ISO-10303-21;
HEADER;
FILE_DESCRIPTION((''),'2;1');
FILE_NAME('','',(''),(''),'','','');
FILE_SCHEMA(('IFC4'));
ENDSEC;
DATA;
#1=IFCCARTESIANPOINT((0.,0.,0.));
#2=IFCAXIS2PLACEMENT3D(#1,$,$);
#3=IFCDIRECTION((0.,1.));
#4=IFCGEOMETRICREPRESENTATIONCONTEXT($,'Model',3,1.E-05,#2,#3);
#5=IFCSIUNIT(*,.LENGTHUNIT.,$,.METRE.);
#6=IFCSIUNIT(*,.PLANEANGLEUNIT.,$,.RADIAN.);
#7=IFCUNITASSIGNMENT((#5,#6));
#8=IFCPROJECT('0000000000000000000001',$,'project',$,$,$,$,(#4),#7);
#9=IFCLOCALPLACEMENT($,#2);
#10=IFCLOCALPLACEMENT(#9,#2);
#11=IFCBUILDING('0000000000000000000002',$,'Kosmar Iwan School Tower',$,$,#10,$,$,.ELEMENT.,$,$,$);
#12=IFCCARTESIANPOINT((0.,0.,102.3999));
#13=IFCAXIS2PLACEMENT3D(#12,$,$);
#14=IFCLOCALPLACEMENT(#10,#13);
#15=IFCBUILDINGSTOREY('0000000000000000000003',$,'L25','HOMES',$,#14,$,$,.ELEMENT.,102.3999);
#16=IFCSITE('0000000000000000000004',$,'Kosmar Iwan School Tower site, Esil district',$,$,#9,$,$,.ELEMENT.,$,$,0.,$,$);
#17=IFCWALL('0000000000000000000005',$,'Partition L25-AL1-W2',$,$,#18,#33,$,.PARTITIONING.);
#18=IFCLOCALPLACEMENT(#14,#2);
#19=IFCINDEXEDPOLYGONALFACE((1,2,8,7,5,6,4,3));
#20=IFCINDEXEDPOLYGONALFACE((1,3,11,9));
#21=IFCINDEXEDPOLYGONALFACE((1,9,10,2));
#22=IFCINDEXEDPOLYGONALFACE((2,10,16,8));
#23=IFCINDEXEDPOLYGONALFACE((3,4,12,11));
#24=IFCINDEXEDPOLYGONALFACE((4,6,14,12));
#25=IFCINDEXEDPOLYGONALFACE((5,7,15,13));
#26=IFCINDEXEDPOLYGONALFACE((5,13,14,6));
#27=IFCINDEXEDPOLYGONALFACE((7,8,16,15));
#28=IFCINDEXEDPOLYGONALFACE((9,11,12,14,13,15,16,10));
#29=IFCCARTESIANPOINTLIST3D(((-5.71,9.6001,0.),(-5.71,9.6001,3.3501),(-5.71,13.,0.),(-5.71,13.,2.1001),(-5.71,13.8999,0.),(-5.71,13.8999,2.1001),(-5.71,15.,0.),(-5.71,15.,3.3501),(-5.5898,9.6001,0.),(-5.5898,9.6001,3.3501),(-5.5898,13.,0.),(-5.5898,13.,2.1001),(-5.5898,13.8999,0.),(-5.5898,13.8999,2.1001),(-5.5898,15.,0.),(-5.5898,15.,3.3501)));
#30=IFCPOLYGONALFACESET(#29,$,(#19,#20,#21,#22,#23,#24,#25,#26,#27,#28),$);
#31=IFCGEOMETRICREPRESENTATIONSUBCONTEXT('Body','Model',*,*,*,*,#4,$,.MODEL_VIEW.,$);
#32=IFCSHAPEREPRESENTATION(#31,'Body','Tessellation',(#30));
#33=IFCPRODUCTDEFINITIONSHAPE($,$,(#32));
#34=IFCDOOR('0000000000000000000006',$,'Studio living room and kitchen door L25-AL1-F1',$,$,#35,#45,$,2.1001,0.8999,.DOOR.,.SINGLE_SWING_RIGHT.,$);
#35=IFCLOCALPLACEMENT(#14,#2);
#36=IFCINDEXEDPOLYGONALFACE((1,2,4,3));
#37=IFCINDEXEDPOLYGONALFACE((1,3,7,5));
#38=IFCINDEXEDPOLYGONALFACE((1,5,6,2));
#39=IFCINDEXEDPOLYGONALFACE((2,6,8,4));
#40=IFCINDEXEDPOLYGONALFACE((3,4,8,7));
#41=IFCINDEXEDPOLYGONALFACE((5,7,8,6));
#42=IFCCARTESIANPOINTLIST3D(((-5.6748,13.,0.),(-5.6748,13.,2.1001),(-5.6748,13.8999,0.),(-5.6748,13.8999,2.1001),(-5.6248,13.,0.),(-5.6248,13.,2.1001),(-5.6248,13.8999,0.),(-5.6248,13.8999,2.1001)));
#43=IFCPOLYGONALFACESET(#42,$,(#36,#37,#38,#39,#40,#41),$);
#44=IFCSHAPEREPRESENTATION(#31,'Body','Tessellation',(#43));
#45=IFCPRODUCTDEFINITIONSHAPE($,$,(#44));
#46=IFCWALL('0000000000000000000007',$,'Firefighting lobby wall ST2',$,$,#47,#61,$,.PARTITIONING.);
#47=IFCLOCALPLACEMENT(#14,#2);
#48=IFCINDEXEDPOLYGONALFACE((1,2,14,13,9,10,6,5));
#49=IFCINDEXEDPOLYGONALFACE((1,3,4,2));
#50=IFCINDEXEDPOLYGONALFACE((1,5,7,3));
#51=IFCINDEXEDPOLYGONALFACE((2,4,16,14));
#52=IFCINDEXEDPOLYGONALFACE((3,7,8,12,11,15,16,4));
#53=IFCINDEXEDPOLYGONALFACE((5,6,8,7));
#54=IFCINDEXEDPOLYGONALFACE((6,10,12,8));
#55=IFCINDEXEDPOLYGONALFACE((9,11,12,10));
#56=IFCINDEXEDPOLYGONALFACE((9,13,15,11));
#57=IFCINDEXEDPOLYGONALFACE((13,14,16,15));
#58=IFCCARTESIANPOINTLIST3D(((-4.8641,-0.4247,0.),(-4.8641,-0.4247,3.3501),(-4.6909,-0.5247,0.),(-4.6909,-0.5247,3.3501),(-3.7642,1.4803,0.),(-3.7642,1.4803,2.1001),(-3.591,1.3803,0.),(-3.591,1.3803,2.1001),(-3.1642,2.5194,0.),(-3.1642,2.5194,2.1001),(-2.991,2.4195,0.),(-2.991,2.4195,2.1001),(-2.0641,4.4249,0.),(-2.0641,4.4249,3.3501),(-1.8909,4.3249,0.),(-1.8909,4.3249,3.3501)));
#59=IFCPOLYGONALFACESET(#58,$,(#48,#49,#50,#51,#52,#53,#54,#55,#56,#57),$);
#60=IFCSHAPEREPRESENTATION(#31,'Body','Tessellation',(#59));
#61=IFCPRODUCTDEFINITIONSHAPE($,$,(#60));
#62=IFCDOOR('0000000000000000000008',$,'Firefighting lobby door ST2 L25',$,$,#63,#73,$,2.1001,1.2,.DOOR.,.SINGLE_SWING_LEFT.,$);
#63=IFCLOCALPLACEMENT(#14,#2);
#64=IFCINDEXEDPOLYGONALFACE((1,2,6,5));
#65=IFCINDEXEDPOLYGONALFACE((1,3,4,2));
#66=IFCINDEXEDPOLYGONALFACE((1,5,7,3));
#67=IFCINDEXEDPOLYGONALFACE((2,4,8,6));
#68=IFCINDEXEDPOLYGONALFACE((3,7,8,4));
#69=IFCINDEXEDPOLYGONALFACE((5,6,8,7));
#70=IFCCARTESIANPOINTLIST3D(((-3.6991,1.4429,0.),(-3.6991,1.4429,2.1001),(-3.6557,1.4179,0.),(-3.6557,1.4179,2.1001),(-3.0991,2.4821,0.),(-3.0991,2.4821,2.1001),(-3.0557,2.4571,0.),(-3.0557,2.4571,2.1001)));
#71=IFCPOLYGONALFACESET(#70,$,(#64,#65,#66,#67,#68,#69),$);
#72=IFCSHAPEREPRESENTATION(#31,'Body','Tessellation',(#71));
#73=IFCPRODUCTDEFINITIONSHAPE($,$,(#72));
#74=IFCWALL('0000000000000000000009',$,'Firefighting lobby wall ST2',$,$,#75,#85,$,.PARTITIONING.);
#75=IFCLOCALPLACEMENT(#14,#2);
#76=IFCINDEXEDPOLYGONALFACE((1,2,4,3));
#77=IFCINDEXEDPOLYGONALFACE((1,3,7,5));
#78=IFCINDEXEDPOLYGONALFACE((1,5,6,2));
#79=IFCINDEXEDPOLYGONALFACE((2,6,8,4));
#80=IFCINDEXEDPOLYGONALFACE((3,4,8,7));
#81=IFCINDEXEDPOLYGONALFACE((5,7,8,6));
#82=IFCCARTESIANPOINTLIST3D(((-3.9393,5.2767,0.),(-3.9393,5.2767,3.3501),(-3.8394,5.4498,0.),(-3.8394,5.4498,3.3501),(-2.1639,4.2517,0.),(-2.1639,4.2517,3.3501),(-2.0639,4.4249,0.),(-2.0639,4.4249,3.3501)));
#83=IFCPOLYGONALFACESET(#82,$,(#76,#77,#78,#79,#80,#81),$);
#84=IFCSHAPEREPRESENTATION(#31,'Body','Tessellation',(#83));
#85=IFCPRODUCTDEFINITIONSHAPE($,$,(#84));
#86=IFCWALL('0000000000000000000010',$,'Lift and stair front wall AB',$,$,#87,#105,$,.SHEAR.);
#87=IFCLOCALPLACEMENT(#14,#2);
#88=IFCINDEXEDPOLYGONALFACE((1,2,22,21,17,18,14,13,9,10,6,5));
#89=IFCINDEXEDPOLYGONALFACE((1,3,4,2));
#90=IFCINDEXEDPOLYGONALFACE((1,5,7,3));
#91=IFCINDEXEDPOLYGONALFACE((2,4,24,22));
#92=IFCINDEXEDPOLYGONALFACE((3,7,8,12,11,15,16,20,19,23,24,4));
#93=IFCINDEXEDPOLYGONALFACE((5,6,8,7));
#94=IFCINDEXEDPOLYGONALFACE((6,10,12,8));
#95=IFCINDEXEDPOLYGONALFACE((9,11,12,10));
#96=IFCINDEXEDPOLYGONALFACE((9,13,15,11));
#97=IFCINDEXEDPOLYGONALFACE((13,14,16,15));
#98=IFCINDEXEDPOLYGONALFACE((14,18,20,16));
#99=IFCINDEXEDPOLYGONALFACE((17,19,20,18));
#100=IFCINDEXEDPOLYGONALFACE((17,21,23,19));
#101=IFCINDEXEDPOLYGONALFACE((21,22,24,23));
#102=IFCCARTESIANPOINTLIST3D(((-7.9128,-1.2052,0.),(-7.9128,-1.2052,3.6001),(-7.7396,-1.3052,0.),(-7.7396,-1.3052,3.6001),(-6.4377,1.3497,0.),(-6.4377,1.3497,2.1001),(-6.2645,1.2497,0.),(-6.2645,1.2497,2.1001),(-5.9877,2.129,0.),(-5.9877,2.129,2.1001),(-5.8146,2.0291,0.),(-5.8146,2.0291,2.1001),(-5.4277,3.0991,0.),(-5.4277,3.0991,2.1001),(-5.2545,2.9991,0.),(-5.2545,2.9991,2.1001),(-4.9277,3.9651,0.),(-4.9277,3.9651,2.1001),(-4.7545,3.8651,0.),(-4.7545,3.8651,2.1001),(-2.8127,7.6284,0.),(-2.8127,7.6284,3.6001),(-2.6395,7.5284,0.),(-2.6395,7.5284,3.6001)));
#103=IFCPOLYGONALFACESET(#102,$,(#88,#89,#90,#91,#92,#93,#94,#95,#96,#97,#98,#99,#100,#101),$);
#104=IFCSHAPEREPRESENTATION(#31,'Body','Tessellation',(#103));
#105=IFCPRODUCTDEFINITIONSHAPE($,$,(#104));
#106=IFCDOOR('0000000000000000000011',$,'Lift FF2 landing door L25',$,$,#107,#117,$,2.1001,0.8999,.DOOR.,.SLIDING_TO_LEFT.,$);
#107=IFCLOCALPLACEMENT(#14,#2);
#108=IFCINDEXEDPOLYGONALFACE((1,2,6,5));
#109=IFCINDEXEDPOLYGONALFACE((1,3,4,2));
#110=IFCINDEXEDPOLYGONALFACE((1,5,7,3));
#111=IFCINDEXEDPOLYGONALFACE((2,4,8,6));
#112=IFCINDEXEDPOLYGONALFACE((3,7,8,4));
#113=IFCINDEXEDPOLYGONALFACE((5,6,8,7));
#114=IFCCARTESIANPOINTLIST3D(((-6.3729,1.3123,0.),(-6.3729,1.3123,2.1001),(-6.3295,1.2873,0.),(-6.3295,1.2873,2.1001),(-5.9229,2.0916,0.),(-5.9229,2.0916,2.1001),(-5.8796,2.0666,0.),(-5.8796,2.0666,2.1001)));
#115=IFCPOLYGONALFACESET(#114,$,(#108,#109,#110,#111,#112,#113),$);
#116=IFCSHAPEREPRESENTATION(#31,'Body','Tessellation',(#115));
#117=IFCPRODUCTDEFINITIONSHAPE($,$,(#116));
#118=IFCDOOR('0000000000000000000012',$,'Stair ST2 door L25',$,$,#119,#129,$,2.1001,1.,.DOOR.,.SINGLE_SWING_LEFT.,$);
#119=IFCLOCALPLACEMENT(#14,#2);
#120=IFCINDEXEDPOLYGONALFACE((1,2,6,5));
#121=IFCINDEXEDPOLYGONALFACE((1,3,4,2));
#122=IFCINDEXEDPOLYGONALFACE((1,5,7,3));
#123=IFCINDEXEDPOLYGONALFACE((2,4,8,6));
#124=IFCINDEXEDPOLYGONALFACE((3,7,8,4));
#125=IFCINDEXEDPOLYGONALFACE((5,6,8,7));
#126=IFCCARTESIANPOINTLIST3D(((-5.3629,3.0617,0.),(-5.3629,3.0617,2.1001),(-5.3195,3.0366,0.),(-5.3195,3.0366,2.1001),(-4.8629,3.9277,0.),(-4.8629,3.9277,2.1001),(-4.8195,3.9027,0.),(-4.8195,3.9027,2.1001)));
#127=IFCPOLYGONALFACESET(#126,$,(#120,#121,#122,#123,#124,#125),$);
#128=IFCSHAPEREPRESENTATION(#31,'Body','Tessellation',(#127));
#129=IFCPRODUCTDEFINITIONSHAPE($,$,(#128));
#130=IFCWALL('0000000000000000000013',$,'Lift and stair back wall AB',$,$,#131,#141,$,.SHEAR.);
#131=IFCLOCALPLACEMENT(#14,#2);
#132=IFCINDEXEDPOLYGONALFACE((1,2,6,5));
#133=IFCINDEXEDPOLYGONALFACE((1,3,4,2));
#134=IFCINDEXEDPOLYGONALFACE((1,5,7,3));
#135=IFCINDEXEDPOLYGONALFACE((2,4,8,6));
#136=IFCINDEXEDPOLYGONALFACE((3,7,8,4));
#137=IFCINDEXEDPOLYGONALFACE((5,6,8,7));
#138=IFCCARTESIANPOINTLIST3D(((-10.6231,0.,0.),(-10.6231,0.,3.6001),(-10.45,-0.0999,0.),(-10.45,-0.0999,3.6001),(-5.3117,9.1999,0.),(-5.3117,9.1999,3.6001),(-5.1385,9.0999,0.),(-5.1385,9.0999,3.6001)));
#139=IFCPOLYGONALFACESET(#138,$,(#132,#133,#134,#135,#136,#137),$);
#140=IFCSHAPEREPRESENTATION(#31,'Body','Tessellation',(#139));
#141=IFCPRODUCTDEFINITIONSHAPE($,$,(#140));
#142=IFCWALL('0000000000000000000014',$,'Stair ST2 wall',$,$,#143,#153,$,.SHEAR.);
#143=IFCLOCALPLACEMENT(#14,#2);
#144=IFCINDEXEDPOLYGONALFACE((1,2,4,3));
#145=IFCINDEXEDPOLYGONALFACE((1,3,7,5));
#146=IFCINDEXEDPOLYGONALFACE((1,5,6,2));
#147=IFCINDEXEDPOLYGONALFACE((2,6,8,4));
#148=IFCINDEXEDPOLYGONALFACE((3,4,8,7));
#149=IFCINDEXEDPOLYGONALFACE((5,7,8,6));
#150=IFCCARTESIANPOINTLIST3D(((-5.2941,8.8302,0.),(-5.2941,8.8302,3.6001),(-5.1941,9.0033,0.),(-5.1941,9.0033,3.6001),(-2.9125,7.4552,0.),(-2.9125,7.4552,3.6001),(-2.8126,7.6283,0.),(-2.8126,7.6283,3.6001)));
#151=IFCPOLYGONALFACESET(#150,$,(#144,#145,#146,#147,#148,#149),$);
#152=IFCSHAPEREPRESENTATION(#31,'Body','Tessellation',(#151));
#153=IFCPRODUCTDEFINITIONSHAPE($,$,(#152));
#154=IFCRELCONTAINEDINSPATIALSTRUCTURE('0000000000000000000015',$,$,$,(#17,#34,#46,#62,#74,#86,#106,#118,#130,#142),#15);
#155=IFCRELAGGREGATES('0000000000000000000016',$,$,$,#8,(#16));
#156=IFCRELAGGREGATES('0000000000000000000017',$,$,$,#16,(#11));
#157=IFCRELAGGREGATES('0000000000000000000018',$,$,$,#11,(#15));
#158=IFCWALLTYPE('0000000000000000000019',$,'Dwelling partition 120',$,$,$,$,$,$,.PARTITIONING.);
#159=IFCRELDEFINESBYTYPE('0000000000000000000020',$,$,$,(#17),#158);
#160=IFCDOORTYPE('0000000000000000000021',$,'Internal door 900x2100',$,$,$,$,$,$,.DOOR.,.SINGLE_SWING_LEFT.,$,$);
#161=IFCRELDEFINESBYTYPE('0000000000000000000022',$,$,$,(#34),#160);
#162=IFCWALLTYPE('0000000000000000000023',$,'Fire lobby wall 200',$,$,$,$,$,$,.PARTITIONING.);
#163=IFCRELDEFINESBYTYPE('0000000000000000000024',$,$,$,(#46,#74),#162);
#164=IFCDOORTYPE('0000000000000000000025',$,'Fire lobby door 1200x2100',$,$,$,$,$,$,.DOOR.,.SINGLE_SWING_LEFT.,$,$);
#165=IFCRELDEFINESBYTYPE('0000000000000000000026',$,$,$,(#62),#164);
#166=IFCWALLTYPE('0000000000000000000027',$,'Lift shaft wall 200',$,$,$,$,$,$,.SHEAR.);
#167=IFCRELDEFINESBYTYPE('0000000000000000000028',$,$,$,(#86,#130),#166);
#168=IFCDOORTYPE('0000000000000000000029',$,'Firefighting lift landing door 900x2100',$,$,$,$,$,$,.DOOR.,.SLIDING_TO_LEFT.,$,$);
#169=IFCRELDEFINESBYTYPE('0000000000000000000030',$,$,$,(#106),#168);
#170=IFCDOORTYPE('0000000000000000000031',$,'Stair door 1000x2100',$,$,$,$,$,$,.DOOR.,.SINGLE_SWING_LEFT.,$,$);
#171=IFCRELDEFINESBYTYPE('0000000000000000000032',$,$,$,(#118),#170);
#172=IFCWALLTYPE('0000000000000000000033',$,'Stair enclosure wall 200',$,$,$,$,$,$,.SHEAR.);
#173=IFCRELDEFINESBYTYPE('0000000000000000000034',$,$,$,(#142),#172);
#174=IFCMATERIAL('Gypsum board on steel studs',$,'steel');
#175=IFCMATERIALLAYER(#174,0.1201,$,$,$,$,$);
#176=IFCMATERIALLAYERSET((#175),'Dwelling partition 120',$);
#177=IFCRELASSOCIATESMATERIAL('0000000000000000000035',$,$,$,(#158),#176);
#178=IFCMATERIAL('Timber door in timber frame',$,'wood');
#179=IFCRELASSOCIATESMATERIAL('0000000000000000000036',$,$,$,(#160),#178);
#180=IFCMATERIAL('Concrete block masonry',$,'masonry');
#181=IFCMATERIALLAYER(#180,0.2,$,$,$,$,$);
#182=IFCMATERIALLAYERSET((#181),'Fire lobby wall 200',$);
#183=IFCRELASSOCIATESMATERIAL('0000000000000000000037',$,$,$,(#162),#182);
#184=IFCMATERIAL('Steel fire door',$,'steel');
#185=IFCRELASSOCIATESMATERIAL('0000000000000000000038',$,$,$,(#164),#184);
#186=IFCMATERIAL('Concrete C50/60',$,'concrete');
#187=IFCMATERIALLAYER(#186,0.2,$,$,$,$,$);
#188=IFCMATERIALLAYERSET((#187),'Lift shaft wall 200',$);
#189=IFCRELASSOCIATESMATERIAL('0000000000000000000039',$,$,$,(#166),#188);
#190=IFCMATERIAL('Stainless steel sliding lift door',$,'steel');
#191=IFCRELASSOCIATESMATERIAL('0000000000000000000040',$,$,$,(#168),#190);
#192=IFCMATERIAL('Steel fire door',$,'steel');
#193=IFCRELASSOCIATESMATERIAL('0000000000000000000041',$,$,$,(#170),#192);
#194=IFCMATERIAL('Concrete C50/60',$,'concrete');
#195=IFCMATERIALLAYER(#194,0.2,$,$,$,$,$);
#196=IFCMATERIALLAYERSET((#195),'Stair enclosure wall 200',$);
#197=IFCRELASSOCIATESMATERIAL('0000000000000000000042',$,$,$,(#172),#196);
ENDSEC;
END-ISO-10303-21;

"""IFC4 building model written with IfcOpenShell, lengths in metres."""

from ifc_helpers import new_model, si_unit, direction, frame, frame_2d, origin, place, context, subcontext, project, spatial, rectangle, extrude, material, layer, layer_set, type_object, element, fill, save


model = new_model("IFC4")

# Units and contexts
model_context = context("Model", 3, precision=1e-05, world=origin(), true_north=direction((0.0, 1.0)))
body_context = subcontext(model_context, "Body", "Model", "MODEL_VIEW")
ifc_project = project(units=[si_unit("LENGTHUNIT", "METRE"), si_unit("PLANEANGLEUNIT", "RADIAN")], contexts=[model_context])

# Site, building, storey
site_placement = place(None, origin())
site = spatial("IfcSite", under=ifc_project, at=site_placement, Name="Kosmar Iwan School Tower site, Esil district", CompositionType="ELEMENT", RefElevation=0.0)
building_placement = place(site_placement, origin())
building = spatial("IfcBuilding", under=site, at=building_placement, Name="Kosmar Iwan School Tower", CompositionType="ELEMENT")
storey_placement = place(building_placement, frame((0.0, 0.0, 102.3999)))
storey = spatial("IfcBuildingStorey", under=building, at=storey_placement, Name="L25", Description="HOMES", CompositionType="ELEMENT", Elevation=102.3999)

# Shared definitions
ifc_material_1 = material(Name="Gypsum board on steel studs", Category="steel")
ifc_layer_1 = layer(ifc_material_1, 0.1201)
ifc_layer_set_1 = layer_set([ifc_layer_1], Name="Dwelling partition 120")
wall_type_1 = type_object("IfcWallType", Name="Dwelling partition 120", PredefinedType="PARTITIONING", material=ifc_layer_set_1)
ifc_material_2 = material(Name="Timber door in timber frame", Category="wood")
door_type_1 = type_object("IfcDoorType", Name="Internal door 900x2100", OperationType="SINGLE_SWING_LEFT", PredefinedType="DOOR", material=ifc_material_2)

# Walls, openings, doors
wall_1_placement = place(storey_placement, frame((-5.6499, 9.6001, 0.0), z_axis=(0.0, 0.0, 1.0), x_axis=(0.0, 1.0, 0.0)))
wall_1 = element("IfcWall", 1, at=wall_1_placement, inside=storey, type_object=wall_type_1, Name="Partition L25-AL1-W2", PredefinedType="PARTITIONING", context=body_context, shape_type="SweptSolid", body=[
    extrude(rectangle(XDim=5.3999, YDim=0.1201, at=frame_2d((2.7, 0.0))), origin(), (0.0, 0.0, 1.0), 3.3501),
])
opening_1_placement = place(wall_1_placement, frame((3.3999, 0.0, 0.0)))
opening_1 = element("IfcOpeningElement", 2, at=opening_1_placement, cuts=wall_1, PredefinedType="OPENING", context=body_context, shape_type="SweptSolid", body=[
    extrude(rectangle(XDim=0.8999, YDim=2.1001, at=frame_2d((0.45, 1.05))), frame((0.0, 0.072, 0.0), z_axis=(0.0, -1.0, 0.0), x_axis=(1.0, 0.0, 0.0)), (0.0, 0.0, 1.0), 0.144),
])
door_1_placement = place(opening_1_placement, origin())
door_1 = element("IfcDoor", 3, at=door_1_placement, inside=storey, type_object=door_type_1, Name="Studio living room and kitchen door L25-AL1-F1", OperationType="SINGLE_SWING_RIGHT", OverallHeight=2.1001, OverallWidth=0.8999, PredefinedType="DOOR", context=body_context, shape_type="SweptSolid", body=[
    extrude(rectangle(XDim=0.8999, YDim=2.1001, at=frame_2d((0.45, 1.05))), frame((0.0, 0.0249, 0.0), z_axis=(0.0, -1.0, 0.0), x_axis=(1.0, 0.0, 0.0)), (0.0, 0.0, 1.0), 0.05),
])
fill(opening_1, door_1)
ifc_material_3 = material(Name="Concrete block masonry", Category="masonry")
ifc_layer_2 = layer(ifc_material_3, 0.2)
ifc_layer_set_2 = layer_set([ifc_layer_2], Name="Fire lobby wall 200")
wall_type_2 = type_object("IfcWallType", Name="Fire lobby wall 200", PredefinedType="PARTITIONING", material=ifc_layer_set_2)
wall_2_placement = place(storey_placement, frame((-1.9775, 4.3748, 0.0), z_axis=(0.0, 0.0, 1.0), x_axis=(-0.500017, -0.866016, 0.0)))
wall_2 = element("IfcWall", 4, at=wall_2_placement, inside=storey, type_object=wall_type_2, Name="Firefighting lobby wall ST2", PredefinedType="PARTITIONING", context=body_context, shape_type="SweptSolid", body=[
    extrude(rectangle(XDim=5.5999, YDim=0.2, at=frame_2d((2.7998, 0.0))), origin(), (0.0, 0.0, 1.0), 3.3501),
])
opening_2_placement = place(wall_2_placement, frame((2.2, 0.0, 0.0)))
opening_2 = element("IfcOpeningElement", 5, at=opening_2_placement, cuts=wall_2, PredefinedType="OPENING", context=body_context, shape_type="SweptSolid", body=[
    extrude(rectangle(XDim=1.2, YDim=2.1001, at=frame_2d((0.6001, 1.05))), frame((0.0, 0.1121, 0.0), z_axis=(0.0, -1.0, 0.0), x_axis=(1.0, 0.0, 0.0)), (0.0, 0.0, 1.0), 0.2239),
])
ifc_material_4 = material(Name="Steel fire door", Category="steel")
door_type_2 = type_object("IfcDoorType", Name="Fire lobby door 1200x2100", OperationType="SINGLE_SWING_LEFT", PredefinedType="DOOR", material=ifc_material_4)
door_2_placement = place(opening_2_placement, frame((1.2, 0.0, 0.0), z_axis=(0.0, 0.0, 1.0), x_axis=(-1.0, 0.0, 0.0)))
door_2 = element("IfcDoor", 6, at=door_2_placement, inside=storey, type_object=door_type_2, Name="Firefighting lobby door ST2 L25", OperationType="SINGLE_SWING_LEFT", OverallHeight=2.1001, OverallWidth=1.2, PredefinedType="DOOR", context=body_context, shape_type="SweptSolid", body=[
    extrude(rectangle(XDim=1.2, YDim=2.1001, at=frame_2d((0.6001, 1.05))), frame((0.0, 0.0249, 0.0), z_axis=(0.0, -1.0, 0.0), x_axis=(1.0, 0.0, 0.0)), (0.0, 0.0, 1.0), 0.05),
])
fill(opening_2, door_2)

# Wall
wall_3_placement = place(storey_placement, frame((-2.114, 4.3384, 0.0), z_axis=(0.0, 0.0, 1.0), x_axis=(-0.866051, 0.499956, 0.0)))
element("IfcWall", 7, at=wall_3_placement, inside=storey, type_object=wall_type_2, Name="Firefighting lobby wall ST2", PredefinedType="PARTITIONING", context=body_context, shape_type="SweptSolid", body=[
    extrude(rectangle(XDim=2.05, YDim=0.2, at=frame_2d((1.0249, 0.0))), origin(), (0.0, 0.0, 1.0), 3.3501),
])

# Wall, openings, doors
ifc_material_5 = material(Name="Concrete C50/60", Category="concrete")
ifc_layer_3 = layer(ifc_material_5, 0.2)
ifc_layer_set_3 = layer_set([ifc_layer_3], Name="Lift shaft wall 200")
wall_type_3 = type_object("IfcWallType", Name="Lift shaft wall 200", PredefinedType="SHEAR", material=ifc_layer_set_3)
wall_4_placement = place(storey_placement, frame((-2.7261, 7.5784, 0.0), z_axis=(0.0, 0.0, 1.0), x_axis=(-0.500006, -0.866022, 0.0)))
wall_4 = element("IfcWall", 8, at=wall_4_placement, inside=storey, type_object=wall_type_3, Name="Lift and stair front wall AB", PredefinedType="SHEAR", context=body_context, shape_type="SweptSolid", body=[
    extrude(rectangle(XDim=10.2002, YDim=0.2, at=frame_2d((5.1001, 0.0))), origin(), (0.0, 0.0, 1.0), 3.6001),
])
opening_3_placement = place(wall_4_placement, frame((6.3501, 0.0, 0.0)))
opening_3 = element("IfcOpeningElement", 9, at=opening_3_placement, cuts=wall_4, PredefinedType="OPENING", context=body_context, shape_type="SweptSolid", body=[
    extrude(rectangle(XDim=0.8999, YDim=2.1001, at=frame_2d((0.45, 1.05))), frame((0.0, 0.1121, 0.0), z_axis=(0.0, -1.0, 0.0), x_axis=(1.0, 0.0, 0.0)), (0.0, 0.0, 1.0), 0.2239),
])
opening_4_placement = place(wall_4_placement, frame((4.23, 0.0, 0.0)))
opening_4 = element("IfcOpeningElement", 10, at=opening_4_placement, cuts=wall_4, PredefinedType="OPENING", context=body_context, shape_type="SweptSolid", body=[
    extrude(rectangle(XDim=1.0, YDim=2.1001, at=frame_2d((0.5, 1.05))), frame((0.0, 0.1121, 0.0), z_axis=(0.0, -1.0, 0.0), x_axis=(1.0, 0.0, 0.0)), (0.0, 0.0, 1.0), 0.2239),
])
ifc_material_6 = material(Name="Stainless steel sliding lift door", Category="steel")
door_type_3 = type_object("IfcDoorType", Name="Firefighting lift landing door 900x2100", OperationType="SLIDING_TO_LEFT", PredefinedType="DOOR", material=ifc_material_6)
door_3_placement = place(opening_3_placement, origin())
door_3 = element("IfcDoor", 11, at=door_3_placement, inside=storey, type_object=door_type_3, Name="Lift FF2 landing door L25", OperationType="SLIDING_TO_LEFT", OverallHeight=2.1001, OverallWidth=0.8999, PredefinedType="DOOR", context=body_context, shape_type="SweptSolid", body=[
    extrude(rectangle(XDim=0.8999, YDim=2.1001, at=frame_2d((0.45, 1.05))), frame((0.0, 0.0249, 0.0), z_axis=(0.0, -1.0, 0.0), x_axis=(1.0, 0.0, 0.0)), (0.0, 0.0, 1.0), 0.05),
])
fill(opening_3, door_3)
ifc_material_7 = material(Name="Steel fire door", Category="steel")
door_type_4 = type_object("IfcDoorType", Name="Stair door 1000x2100", OperationType="SINGLE_SWING_LEFT", PredefinedType="DOOR", material=ifc_material_7)
door_4_placement = place(opening_4_placement, origin())
door_4 = element("IfcDoor", 12, at=door_4_placement, inside=storey, type_object=door_type_4, Name="Stair ST2 door L25", OperationType="SINGLE_SWING_LEFT", OverallHeight=2.1001, OverallWidth=1.0, PredefinedType="DOOR", context=body_context, shape_type="SweptSolid", body=[
    extrude(rectangle(XDim=1.0, YDim=2.1001, at=frame_2d((0.5, 1.05))), frame((0.0, 0.0249, 0.0), z_axis=(0.0, -1.0, 0.0), x_axis=(1.0, 0.0, 0.0)), (0.0, 0.0, 1.0), 0.05),
])
fill(opening_4, door_4)

# Walls
wall_5_placement = place(storey_placement, frame((-5.2251, 9.1499, 0.0), z_axis=(0.0, 0.0, 1.0), x_axis=(-0.499995, -0.866028, 0.0)))
element("IfcWall", 13, at=wall_5_placement, inside=storey, type_object=wall_type_3, Name="Lift and stair back wall AB", PredefinedType="SHEAR", context=body_context, shape_type="SweptSolid", body=[
    extrude(rectangle(XDim=10.623, YDim=0.2, at=frame_2d((5.3115, 0.0))), origin(), (0.0, 0.0, 1.0), 3.6001),
])
ifc_material_8 = material(Name="Concrete C50/60", Category="concrete")
ifc_layer_4 = layer(ifc_material_8, 0.2)
ifc_layer_set_4 = layer_set([ifc_layer_4], Name="Stair enclosure wall 200")
wall_type_4 = type_object("IfcWallType", Name="Stair enclosure wall 200", PredefinedType="SHEAR", material=ifc_layer_set_4)
wall_6_placement = place(storey_placement, frame((-2.8625, 7.5417, 0.0), z_axis=(0.0, 0.0, 1.0), x_axis=(-0.866027, 0.499997, 0.0)))
element("IfcWall", 14, at=wall_6_placement, inside=storey, type_object=wall_type_4, Name="Stair ST2 wall", PredefinedType="SHEAR", context=body_context, shape_type="SweptSolid", body=[
    extrude(rectangle(XDim=2.75, YDim=0.2, at=frame_2d((1.375, 0.0))), origin(), (0.0, 0.0, 1.0), 3.6001),
])

save(model, "model.ifc")
